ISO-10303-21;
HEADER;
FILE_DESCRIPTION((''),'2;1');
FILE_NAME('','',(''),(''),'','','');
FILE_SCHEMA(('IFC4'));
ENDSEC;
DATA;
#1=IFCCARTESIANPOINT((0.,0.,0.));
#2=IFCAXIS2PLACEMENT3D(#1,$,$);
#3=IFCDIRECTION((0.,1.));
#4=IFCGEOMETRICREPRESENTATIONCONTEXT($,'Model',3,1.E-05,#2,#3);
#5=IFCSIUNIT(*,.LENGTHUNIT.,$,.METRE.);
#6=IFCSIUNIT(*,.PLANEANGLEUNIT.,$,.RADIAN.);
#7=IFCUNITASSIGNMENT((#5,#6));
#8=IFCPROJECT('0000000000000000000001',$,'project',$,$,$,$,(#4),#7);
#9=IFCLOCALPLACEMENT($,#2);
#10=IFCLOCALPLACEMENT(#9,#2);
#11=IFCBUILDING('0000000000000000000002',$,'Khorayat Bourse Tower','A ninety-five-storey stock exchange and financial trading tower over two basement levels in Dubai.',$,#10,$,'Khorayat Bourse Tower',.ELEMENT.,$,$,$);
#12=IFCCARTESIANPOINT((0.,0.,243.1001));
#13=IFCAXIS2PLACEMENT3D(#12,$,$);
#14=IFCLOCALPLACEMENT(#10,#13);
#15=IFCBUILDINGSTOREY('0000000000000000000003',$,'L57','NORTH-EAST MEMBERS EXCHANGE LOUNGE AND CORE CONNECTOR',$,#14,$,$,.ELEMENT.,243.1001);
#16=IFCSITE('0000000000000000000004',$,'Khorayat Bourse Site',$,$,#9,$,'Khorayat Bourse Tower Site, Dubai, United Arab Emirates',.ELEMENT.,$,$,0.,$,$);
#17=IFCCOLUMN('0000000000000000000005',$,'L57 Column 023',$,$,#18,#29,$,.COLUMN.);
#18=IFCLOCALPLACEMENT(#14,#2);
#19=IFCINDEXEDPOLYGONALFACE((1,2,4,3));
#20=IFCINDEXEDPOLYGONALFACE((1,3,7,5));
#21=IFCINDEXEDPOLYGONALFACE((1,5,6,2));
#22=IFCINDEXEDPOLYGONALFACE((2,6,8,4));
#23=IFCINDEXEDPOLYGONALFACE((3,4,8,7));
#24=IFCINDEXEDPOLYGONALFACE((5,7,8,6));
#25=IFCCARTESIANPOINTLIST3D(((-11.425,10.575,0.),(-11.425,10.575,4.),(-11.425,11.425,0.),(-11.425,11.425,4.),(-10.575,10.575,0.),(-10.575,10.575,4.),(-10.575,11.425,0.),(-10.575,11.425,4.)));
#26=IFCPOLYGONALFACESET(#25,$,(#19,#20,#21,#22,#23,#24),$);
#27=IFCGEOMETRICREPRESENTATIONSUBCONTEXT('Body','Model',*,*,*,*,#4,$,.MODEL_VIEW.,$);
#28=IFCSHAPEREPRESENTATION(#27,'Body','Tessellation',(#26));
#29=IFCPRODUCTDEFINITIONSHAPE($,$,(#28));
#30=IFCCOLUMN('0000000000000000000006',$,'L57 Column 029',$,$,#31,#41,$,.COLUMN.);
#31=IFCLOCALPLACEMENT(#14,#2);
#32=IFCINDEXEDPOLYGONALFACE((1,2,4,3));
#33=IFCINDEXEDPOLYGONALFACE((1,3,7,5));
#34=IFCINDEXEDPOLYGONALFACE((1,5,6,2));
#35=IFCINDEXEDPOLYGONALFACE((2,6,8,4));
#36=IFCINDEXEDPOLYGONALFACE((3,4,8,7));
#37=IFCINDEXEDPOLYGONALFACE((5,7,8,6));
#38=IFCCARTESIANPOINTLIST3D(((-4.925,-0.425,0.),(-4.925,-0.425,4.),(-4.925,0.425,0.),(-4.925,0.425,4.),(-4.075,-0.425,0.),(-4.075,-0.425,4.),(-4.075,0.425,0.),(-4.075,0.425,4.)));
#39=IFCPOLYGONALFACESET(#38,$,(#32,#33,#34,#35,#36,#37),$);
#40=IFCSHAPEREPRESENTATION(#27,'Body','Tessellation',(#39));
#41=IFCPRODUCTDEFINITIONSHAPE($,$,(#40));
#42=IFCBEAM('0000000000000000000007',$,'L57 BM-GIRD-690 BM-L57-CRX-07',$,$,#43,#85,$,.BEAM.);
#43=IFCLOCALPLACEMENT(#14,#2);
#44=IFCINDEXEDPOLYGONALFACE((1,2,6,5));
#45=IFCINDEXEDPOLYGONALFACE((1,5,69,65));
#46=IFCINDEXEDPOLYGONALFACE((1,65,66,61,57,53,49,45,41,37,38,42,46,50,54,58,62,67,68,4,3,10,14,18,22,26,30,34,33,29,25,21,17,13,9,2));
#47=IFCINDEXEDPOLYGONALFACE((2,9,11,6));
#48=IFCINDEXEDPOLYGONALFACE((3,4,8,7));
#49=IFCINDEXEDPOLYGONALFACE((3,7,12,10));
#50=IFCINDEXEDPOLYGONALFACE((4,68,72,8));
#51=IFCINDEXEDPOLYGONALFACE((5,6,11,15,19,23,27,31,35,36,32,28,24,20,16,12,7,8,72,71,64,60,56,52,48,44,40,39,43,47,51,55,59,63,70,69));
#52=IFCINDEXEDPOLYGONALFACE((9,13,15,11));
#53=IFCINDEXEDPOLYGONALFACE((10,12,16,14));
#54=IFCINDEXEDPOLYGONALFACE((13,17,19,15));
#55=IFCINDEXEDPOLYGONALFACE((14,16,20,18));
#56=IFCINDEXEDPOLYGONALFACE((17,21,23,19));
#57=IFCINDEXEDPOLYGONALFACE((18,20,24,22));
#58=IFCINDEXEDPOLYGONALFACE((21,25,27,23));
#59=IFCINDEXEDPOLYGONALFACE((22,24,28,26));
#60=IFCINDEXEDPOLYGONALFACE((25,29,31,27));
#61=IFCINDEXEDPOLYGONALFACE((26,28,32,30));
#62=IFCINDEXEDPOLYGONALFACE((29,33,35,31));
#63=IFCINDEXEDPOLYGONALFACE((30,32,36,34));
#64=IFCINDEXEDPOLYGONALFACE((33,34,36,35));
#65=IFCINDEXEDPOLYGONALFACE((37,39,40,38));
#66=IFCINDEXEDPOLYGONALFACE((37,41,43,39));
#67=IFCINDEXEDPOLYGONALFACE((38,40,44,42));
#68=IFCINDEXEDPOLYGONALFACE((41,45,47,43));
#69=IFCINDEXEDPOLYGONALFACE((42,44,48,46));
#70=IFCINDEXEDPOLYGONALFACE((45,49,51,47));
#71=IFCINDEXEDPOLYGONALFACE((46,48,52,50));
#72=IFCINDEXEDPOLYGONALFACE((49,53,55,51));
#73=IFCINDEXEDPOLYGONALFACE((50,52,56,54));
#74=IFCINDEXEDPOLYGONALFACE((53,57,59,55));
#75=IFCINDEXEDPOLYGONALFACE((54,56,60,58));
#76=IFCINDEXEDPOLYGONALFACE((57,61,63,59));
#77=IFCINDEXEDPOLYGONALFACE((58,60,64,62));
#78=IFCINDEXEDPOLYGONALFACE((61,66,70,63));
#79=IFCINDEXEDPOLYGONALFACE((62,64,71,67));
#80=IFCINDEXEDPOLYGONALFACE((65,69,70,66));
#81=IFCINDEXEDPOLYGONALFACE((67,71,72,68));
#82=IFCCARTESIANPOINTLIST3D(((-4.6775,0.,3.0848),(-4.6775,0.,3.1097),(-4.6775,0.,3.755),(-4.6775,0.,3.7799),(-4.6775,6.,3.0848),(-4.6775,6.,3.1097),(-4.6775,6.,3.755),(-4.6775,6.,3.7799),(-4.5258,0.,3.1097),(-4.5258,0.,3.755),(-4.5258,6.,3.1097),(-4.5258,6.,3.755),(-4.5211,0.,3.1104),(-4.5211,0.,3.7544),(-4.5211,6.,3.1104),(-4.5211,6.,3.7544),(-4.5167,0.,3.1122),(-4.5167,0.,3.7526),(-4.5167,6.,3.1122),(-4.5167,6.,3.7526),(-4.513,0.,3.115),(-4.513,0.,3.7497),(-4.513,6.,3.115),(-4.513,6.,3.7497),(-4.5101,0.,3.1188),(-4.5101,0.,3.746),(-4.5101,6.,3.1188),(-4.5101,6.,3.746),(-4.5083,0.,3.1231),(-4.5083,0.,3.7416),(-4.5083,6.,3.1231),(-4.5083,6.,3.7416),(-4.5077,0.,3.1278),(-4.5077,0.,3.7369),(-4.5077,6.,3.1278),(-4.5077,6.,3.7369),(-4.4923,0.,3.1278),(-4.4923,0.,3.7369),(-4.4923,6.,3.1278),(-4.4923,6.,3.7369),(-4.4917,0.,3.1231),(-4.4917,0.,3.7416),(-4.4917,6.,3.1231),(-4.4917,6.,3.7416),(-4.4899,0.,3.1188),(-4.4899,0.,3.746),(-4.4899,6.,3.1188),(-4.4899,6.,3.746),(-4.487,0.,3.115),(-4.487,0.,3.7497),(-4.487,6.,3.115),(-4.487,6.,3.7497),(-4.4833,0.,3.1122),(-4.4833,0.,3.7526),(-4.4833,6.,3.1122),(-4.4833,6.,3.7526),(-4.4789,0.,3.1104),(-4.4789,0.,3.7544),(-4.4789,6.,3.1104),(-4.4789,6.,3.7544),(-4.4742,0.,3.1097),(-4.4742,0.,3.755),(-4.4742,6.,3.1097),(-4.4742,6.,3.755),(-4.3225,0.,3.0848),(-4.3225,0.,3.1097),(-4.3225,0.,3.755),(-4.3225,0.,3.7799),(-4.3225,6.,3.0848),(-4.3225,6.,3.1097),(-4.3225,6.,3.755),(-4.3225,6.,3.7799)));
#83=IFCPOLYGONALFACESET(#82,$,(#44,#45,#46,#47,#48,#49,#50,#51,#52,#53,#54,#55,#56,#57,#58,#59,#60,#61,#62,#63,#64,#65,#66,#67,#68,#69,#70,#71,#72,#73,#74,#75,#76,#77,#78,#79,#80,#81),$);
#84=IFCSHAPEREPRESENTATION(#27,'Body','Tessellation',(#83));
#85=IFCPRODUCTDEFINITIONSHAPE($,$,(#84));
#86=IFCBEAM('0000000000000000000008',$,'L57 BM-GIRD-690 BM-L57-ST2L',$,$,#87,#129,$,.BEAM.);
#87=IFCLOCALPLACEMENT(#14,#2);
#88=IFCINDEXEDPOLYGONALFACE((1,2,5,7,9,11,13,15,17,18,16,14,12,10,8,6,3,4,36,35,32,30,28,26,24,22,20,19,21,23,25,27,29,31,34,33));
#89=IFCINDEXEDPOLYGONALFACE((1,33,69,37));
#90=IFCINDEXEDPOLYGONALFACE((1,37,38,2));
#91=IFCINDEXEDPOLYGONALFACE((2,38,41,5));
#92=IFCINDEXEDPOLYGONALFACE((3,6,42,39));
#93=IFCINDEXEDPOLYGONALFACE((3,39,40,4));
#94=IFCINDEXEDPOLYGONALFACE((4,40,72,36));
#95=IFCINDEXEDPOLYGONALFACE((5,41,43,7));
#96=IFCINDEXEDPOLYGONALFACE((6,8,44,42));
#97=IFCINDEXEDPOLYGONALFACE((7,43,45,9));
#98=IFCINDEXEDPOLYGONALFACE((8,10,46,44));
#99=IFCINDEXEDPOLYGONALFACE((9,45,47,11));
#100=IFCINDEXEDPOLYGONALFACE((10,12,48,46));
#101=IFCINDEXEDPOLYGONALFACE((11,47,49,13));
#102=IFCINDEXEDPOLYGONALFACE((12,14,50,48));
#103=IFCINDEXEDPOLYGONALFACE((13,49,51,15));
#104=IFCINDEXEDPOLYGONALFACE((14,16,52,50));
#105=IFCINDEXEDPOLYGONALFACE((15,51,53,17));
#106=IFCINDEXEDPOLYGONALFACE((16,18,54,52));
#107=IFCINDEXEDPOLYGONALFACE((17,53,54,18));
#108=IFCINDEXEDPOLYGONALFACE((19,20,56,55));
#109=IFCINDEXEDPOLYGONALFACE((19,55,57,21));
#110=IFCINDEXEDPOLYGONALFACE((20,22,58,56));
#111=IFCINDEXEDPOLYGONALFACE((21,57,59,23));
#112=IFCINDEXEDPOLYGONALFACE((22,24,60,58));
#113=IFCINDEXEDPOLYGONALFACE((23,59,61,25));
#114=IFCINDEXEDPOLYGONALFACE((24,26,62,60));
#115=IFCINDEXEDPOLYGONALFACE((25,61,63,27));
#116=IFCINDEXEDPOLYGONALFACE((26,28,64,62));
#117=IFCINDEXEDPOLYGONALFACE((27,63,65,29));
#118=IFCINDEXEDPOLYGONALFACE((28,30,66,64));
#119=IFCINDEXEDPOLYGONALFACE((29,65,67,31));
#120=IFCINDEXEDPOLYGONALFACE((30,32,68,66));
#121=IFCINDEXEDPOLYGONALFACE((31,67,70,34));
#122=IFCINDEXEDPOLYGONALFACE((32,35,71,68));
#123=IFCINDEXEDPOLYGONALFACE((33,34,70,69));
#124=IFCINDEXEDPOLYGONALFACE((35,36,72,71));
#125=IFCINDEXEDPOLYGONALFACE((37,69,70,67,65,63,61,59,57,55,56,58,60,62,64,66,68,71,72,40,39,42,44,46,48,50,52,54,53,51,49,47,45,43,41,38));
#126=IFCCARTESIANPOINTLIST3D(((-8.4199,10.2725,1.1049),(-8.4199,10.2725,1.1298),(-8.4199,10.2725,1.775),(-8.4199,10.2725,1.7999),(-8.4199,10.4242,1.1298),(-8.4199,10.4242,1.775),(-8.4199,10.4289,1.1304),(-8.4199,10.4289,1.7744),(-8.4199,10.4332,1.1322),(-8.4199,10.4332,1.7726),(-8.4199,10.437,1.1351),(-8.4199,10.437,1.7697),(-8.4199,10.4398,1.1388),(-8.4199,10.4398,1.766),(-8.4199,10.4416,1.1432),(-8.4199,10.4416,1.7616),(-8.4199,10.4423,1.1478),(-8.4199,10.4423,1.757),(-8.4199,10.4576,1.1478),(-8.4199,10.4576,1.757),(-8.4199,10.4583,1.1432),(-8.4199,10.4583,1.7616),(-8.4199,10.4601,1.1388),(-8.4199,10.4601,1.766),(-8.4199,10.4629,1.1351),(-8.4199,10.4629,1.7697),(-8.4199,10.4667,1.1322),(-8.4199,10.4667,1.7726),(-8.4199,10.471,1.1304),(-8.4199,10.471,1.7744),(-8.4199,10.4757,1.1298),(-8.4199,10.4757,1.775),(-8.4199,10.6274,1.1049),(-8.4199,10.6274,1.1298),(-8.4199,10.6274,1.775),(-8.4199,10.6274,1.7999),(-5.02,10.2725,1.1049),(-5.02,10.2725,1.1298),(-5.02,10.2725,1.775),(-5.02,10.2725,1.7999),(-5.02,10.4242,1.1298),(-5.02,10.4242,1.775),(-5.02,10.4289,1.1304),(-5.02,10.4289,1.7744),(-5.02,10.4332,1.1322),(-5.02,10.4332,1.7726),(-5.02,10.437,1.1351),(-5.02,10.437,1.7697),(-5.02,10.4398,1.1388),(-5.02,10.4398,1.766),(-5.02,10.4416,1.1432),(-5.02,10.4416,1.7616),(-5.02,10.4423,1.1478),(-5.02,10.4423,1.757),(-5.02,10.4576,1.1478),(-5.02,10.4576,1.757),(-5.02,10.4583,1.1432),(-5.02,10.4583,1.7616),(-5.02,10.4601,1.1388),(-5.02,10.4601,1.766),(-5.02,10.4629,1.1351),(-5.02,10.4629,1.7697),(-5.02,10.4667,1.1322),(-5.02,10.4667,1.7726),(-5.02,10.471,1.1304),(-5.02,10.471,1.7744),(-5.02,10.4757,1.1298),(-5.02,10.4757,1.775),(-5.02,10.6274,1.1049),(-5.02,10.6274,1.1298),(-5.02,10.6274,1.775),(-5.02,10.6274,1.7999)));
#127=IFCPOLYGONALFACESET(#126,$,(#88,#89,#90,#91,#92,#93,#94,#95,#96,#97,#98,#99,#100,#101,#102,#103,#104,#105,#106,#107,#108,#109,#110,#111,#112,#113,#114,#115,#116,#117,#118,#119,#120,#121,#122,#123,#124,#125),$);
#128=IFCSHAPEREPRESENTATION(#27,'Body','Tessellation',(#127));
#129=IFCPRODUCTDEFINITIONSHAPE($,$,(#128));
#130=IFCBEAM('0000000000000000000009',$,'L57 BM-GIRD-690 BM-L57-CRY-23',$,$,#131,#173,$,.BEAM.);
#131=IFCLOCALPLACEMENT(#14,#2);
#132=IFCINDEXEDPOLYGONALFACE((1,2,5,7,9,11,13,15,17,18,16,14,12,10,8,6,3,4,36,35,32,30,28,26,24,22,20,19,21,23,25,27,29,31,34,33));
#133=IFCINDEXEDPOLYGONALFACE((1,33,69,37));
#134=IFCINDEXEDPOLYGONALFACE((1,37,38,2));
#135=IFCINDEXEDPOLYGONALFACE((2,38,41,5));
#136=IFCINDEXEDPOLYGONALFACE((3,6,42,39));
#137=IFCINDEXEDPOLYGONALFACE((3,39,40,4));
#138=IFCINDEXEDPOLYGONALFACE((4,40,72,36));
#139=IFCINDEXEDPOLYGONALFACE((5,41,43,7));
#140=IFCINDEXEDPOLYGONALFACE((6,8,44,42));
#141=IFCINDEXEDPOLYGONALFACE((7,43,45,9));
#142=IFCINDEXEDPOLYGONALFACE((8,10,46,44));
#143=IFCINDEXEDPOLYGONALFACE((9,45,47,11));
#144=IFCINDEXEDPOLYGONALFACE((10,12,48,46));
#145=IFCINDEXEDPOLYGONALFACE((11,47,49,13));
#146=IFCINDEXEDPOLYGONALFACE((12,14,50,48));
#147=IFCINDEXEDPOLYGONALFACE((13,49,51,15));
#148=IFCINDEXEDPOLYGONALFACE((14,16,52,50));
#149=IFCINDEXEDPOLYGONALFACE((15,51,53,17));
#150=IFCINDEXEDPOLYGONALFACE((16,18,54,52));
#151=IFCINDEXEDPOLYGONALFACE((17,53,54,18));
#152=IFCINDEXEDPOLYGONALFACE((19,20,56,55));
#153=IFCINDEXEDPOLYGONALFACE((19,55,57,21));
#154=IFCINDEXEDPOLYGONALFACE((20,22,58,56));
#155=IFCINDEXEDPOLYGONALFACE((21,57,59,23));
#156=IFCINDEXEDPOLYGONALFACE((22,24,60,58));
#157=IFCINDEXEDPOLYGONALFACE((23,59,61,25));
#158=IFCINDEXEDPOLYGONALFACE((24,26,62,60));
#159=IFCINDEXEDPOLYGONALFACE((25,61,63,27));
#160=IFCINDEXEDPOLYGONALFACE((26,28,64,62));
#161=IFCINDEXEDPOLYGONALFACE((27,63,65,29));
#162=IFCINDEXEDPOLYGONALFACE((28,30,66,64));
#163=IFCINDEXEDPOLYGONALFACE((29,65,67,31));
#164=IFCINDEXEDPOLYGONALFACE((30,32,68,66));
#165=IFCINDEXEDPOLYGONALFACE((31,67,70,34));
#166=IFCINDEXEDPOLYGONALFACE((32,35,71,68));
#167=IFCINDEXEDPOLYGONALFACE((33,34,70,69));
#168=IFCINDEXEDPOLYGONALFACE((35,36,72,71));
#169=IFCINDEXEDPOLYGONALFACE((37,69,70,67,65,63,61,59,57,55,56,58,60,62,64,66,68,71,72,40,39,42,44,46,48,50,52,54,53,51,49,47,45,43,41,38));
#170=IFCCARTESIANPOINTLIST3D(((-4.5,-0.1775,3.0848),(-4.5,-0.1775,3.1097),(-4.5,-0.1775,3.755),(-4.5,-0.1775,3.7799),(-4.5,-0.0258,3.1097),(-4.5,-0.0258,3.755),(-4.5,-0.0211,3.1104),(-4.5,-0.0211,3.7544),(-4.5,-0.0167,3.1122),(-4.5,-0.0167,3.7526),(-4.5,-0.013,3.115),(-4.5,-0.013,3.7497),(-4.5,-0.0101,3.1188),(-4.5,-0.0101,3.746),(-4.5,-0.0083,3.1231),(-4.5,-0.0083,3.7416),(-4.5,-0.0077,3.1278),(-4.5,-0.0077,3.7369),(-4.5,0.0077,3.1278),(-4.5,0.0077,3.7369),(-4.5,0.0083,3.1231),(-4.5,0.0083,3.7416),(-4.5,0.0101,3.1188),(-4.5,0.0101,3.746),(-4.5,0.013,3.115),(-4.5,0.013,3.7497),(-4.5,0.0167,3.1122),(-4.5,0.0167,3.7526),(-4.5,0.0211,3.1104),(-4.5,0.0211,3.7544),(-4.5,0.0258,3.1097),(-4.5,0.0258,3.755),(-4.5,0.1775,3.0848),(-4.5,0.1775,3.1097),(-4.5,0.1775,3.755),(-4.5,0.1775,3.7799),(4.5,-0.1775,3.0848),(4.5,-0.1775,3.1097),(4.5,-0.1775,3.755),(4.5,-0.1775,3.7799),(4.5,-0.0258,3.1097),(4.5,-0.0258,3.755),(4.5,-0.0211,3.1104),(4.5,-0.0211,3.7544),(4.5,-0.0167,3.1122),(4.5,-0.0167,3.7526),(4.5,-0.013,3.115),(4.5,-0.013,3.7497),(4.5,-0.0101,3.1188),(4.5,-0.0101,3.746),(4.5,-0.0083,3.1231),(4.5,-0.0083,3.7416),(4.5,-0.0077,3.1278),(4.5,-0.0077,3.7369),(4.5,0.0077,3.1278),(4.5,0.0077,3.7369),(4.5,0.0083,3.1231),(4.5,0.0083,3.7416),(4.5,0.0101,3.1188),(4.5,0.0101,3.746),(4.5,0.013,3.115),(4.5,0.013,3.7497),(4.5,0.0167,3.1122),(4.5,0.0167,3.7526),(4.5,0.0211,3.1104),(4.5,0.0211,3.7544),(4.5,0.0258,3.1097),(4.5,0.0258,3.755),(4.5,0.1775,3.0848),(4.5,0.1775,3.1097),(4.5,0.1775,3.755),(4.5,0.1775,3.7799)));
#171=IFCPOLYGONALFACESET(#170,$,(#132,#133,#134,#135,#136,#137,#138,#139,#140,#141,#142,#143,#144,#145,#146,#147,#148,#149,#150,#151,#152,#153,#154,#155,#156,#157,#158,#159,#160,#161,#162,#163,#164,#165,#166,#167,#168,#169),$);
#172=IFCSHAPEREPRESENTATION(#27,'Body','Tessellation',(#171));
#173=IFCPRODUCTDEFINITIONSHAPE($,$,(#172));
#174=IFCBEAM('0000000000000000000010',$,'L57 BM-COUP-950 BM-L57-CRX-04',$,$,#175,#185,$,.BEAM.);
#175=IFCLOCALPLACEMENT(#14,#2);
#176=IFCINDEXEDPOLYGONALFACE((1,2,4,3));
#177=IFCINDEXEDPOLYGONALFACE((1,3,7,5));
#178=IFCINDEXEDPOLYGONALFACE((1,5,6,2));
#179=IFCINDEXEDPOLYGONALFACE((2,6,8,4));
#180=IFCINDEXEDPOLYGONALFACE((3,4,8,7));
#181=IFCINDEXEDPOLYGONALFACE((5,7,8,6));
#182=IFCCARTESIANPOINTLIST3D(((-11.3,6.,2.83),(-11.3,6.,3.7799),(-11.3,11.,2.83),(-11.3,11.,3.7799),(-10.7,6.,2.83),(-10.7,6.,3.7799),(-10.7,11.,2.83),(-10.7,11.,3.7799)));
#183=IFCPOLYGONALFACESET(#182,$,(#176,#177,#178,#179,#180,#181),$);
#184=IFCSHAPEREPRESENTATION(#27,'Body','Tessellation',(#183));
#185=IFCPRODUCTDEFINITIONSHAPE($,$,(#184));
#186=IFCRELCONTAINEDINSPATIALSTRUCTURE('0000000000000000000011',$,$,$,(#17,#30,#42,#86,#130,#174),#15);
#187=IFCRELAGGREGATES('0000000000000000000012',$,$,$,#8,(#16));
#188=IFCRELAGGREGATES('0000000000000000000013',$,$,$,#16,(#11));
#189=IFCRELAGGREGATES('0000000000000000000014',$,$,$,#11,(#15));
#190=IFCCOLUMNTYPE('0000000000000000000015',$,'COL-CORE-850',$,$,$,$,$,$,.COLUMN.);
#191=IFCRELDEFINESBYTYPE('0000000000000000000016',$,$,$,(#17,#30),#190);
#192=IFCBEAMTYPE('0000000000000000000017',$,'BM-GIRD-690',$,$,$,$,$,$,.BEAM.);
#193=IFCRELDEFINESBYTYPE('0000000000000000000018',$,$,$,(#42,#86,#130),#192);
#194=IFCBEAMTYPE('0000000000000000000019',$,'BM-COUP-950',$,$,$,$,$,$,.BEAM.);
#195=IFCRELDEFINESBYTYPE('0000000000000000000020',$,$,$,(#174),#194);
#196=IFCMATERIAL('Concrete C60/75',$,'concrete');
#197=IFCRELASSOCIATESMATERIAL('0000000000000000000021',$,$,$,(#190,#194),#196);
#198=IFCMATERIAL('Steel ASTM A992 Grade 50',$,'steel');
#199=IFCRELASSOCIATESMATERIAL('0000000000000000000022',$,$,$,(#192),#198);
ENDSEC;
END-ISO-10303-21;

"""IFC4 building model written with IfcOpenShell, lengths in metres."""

from ifc_helpers import new_model, si_unit, direction, frame, origin, origin_2d, place, context, subcontext, project, spatial, rectangle, i_section, extrude, source, transform, mapped, material, material_profile, profile_set, type_object, element, save


model = new_model("IFC4")

# Units and contexts
model_context = context("Model", 3, precision=1e-05, world=origin(), true_north=direction((0.0, 1.0)))
body_context = subcontext(model_context, "Body", "Model", "MODEL_VIEW")
ifc_project = project(units=[si_unit("LENGTHUNIT", "METRE"), si_unit("PLANEANGLEUNIT", "RADIAN")], contexts=[model_context])

# Site, building, storey
site_placement = place(None, origin())
site = spatial("IfcSite", under=ifc_project, at=site_placement, Name="Khorayat Bourse Site", LongName="Khorayat Bourse Tower Site, Dubai, United Arab Emirates", CompositionType="ELEMENT", RefElevation=0.0)
building_placement = place(site_placement, origin())
building = spatial("IfcBuilding", under=site, at=building_placement, Name="Khorayat Bourse Tower", Description="A ninety-five-storey stock exchange and financial trading tower over two basement levels in Dubai.", LongName="Khorayat Bourse Tower", CompositionType="ELEMENT")
storey_placement = place(building_placement, frame((0.0, 0.0, 243.1001)))
storey = spatial("IfcBuildingStorey", under=building, at=storey_placement, Name="L57", Description="NORTH-EAST MEMBERS EXCHANGE LOUNGE AND CORE CONNECTOR", CompositionType="ELEMENT", Elevation=243.1001)

# Columns
ifc_material_1 = material(Name="Concrete C60/75", Category="concrete")
ifc_material_profile_1 = material_profile(ifc_material_1, rectangle(XDim=0.8501, YDim=0.8501, at=origin_2d()), Name="RC 850x850")
ifc_profile_set_1 = profile_set([ifc_material_profile_1], Name="Concrete C60/75")
column_type = type_object("IfcColumnType", Name="COL-CORE-850", PredefinedType="COLUMN", material=ifc_profile_set_1)
shared_shape_1 = source(origin(), body_context, "Body", "SweptSolid", [
    extrude(rectangle(XDim=0.8501, YDim=0.8501, at=origin_2d()), origin(), (0.0, 0.0, 1.0), 4.0),
])
for number, where, z_axis, x_axis, name in (
    (1, (-11.0, 11.0, 0.0), (0.0, 0.0, 1.0), (1.0, 0.0, 0.0), "L57 Column 023"),
    (2, (-4.5, 0.0, 0.0), (0.0, 0.0, 1.0), (1.0, 0.0, 0.0), "L57 Column 029"),
):
    element("IfcColumn", number, at=place(storey_placement, frame(where, z_axis=z_axis, x_axis=x_axis)), inside=storey, type_object=column_type, Name=name, PredefinedType="COLUMN", context=body_context, shape_type="MappedRepresentation", body=[
        mapped(shared_shape_1, transform((0.0, 0.0, 0.0), scale=1.0)),
    ])

# Beams
ifc_material_2 = material(Name="Steel ASTM A992 Grade 50", Category="steel")
ifc_material_profile_2 = material_profile(ifc_material_2, i_section(OverallWidth=0.355, OverallDepth=0.6951, WebThickness=0.0154, FlangeThickness=0.0249, FilletRadius=0.0181, at=origin_2d()), Name="W690X217")
ifc_profile_set_2 = profile_set([ifc_material_profile_2], Name="Steel ASTM A992 Grade 50")
beam_type_1 = type_object("IfcBeamType", Name="BM-GIRD-690", PredefinedType="BEAM", material=ifc_profile_set_2)
shared_shape_2 = source(origin(), body_context, "Body", "SweptSolid", [
    extrude(i_section(OverallWidth=0.355, OverallDepth=0.6951, WebThickness=0.0154, FlangeThickness=0.0249, FilletRadius=0.0181, at=origin_2d()), origin(), (0.0, 0.0, 1.0), 6.0),
])
beam_1_placement = place(storey_placement, frame((-4.5, 0.0, 3.4324), z_axis=(0.0, 1.0, 0.0), x_axis=(-1.0, 0.0, 0.0)))
element("IfcBeam", 3, at=beam_1_placement, inside=storey, type_object=beam_type_1, Name="L57 BM-GIRD-690 BM-L57-CRX-07", PredefinedType="BEAM", context=body_context, shape_type="MappedRepresentation", body=[
    mapped(shared_shape_2, transform((0.0, 0.0, 0.0), scale=1.0)),
])
shared_shape_3 = source(origin(), body_context, "Body", "SweptSolid", [
    extrude(i_section(OverallWidth=0.355, OverallDepth=0.6951, WebThickness=0.0154, FlangeThickness=0.0249, FilletRadius=0.0181, at=origin_2d()), origin(), (0.0, 0.0, 1.0), 3.3999),
])
beam_2_placement = place(storey_placement, frame((-8.4199, 10.45, 1.4524), z_axis=(1.0, 0.0, 0.0), x_axis=(0.0, 1.0, 0.0)))
element("IfcBeam", 4, at=beam_2_placement, inside=storey, type_object=beam_type_1, Name="L57 BM-GIRD-690 BM-L57-ST2L", PredefinedType="BEAM", context=body_context, shape_type="MappedRepresentation", body=[
    mapped(shared_shape_3, transform((0.0, 0.0, 0.0), scale=1.0)),
])
shared_shape_4 = source(origin(), body_context, "Body", "SweptSolid", [
    extrude(i_section(OverallWidth=0.355, OverallDepth=0.6951, WebThickness=0.0154, FlangeThickness=0.0249, FilletRadius=0.0181, at=origin_2d()), origin(), (0.0, 0.0, 1.0), 9.0),
])
beam_3_placement = place(storey_placement, frame((-4.5, 0.0, 3.4324), z_axis=(1.0, 0.0, 0.0), x_axis=(0.0, 1.0, 0.0)))
element("IfcBeam", 5, at=beam_3_placement, inside=storey, type_object=beam_type_1, Name="L57 BM-GIRD-690 BM-L57-CRY-23", PredefinedType="BEAM", context=body_context, shape_type="MappedRepresentation", body=[
    mapped(shared_shape_4, transform((0.0, 0.0, 0.0), scale=1.0)),
])
ifc_material_profile_3 = material_profile(ifc_material_1, rectangle(XDim=0.6001, YDim=0.95, at=origin_2d()), Name="RC 600x950")
ifc_profile_set_3 = profile_set([ifc_material_profile_3], Name="Concrete C60/75")
beam_type_2 = type_object("IfcBeamType", Name="BM-COUP-950", PredefinedType="BEAM", material=ifc_profile_set_3)
shared_shape_5 = source(origin(), body_context, "Body", "SweptSolid", [
    extrude(rectangle(XDim=0.6001, YDim=0.95, at=origin_2d()), origin(), (0.0, 0.0, 1.0), 5.0),
])
beam_4_placement = place(storey_placement, frame((-11.0, 6.0, 3.3049), z_axis=(0.0, 1.0, 0.0), x_axis=(-1.0, 0.0, 0.0)))
element("IfcBeam", 6, at=beam_4_placement, inside=storey, type_object=beam_type_2, Name="L57 BM-COUP-950 BM-L57-CRX-04", PredefinedType="BEAM", context=body_context, shape_type="MappedRepresentation", body=[
    mapped(shared_shape_5, transform((0.0, 0.0, 0.0), scale=1.0)),
])

save(model, "model.ifc")
